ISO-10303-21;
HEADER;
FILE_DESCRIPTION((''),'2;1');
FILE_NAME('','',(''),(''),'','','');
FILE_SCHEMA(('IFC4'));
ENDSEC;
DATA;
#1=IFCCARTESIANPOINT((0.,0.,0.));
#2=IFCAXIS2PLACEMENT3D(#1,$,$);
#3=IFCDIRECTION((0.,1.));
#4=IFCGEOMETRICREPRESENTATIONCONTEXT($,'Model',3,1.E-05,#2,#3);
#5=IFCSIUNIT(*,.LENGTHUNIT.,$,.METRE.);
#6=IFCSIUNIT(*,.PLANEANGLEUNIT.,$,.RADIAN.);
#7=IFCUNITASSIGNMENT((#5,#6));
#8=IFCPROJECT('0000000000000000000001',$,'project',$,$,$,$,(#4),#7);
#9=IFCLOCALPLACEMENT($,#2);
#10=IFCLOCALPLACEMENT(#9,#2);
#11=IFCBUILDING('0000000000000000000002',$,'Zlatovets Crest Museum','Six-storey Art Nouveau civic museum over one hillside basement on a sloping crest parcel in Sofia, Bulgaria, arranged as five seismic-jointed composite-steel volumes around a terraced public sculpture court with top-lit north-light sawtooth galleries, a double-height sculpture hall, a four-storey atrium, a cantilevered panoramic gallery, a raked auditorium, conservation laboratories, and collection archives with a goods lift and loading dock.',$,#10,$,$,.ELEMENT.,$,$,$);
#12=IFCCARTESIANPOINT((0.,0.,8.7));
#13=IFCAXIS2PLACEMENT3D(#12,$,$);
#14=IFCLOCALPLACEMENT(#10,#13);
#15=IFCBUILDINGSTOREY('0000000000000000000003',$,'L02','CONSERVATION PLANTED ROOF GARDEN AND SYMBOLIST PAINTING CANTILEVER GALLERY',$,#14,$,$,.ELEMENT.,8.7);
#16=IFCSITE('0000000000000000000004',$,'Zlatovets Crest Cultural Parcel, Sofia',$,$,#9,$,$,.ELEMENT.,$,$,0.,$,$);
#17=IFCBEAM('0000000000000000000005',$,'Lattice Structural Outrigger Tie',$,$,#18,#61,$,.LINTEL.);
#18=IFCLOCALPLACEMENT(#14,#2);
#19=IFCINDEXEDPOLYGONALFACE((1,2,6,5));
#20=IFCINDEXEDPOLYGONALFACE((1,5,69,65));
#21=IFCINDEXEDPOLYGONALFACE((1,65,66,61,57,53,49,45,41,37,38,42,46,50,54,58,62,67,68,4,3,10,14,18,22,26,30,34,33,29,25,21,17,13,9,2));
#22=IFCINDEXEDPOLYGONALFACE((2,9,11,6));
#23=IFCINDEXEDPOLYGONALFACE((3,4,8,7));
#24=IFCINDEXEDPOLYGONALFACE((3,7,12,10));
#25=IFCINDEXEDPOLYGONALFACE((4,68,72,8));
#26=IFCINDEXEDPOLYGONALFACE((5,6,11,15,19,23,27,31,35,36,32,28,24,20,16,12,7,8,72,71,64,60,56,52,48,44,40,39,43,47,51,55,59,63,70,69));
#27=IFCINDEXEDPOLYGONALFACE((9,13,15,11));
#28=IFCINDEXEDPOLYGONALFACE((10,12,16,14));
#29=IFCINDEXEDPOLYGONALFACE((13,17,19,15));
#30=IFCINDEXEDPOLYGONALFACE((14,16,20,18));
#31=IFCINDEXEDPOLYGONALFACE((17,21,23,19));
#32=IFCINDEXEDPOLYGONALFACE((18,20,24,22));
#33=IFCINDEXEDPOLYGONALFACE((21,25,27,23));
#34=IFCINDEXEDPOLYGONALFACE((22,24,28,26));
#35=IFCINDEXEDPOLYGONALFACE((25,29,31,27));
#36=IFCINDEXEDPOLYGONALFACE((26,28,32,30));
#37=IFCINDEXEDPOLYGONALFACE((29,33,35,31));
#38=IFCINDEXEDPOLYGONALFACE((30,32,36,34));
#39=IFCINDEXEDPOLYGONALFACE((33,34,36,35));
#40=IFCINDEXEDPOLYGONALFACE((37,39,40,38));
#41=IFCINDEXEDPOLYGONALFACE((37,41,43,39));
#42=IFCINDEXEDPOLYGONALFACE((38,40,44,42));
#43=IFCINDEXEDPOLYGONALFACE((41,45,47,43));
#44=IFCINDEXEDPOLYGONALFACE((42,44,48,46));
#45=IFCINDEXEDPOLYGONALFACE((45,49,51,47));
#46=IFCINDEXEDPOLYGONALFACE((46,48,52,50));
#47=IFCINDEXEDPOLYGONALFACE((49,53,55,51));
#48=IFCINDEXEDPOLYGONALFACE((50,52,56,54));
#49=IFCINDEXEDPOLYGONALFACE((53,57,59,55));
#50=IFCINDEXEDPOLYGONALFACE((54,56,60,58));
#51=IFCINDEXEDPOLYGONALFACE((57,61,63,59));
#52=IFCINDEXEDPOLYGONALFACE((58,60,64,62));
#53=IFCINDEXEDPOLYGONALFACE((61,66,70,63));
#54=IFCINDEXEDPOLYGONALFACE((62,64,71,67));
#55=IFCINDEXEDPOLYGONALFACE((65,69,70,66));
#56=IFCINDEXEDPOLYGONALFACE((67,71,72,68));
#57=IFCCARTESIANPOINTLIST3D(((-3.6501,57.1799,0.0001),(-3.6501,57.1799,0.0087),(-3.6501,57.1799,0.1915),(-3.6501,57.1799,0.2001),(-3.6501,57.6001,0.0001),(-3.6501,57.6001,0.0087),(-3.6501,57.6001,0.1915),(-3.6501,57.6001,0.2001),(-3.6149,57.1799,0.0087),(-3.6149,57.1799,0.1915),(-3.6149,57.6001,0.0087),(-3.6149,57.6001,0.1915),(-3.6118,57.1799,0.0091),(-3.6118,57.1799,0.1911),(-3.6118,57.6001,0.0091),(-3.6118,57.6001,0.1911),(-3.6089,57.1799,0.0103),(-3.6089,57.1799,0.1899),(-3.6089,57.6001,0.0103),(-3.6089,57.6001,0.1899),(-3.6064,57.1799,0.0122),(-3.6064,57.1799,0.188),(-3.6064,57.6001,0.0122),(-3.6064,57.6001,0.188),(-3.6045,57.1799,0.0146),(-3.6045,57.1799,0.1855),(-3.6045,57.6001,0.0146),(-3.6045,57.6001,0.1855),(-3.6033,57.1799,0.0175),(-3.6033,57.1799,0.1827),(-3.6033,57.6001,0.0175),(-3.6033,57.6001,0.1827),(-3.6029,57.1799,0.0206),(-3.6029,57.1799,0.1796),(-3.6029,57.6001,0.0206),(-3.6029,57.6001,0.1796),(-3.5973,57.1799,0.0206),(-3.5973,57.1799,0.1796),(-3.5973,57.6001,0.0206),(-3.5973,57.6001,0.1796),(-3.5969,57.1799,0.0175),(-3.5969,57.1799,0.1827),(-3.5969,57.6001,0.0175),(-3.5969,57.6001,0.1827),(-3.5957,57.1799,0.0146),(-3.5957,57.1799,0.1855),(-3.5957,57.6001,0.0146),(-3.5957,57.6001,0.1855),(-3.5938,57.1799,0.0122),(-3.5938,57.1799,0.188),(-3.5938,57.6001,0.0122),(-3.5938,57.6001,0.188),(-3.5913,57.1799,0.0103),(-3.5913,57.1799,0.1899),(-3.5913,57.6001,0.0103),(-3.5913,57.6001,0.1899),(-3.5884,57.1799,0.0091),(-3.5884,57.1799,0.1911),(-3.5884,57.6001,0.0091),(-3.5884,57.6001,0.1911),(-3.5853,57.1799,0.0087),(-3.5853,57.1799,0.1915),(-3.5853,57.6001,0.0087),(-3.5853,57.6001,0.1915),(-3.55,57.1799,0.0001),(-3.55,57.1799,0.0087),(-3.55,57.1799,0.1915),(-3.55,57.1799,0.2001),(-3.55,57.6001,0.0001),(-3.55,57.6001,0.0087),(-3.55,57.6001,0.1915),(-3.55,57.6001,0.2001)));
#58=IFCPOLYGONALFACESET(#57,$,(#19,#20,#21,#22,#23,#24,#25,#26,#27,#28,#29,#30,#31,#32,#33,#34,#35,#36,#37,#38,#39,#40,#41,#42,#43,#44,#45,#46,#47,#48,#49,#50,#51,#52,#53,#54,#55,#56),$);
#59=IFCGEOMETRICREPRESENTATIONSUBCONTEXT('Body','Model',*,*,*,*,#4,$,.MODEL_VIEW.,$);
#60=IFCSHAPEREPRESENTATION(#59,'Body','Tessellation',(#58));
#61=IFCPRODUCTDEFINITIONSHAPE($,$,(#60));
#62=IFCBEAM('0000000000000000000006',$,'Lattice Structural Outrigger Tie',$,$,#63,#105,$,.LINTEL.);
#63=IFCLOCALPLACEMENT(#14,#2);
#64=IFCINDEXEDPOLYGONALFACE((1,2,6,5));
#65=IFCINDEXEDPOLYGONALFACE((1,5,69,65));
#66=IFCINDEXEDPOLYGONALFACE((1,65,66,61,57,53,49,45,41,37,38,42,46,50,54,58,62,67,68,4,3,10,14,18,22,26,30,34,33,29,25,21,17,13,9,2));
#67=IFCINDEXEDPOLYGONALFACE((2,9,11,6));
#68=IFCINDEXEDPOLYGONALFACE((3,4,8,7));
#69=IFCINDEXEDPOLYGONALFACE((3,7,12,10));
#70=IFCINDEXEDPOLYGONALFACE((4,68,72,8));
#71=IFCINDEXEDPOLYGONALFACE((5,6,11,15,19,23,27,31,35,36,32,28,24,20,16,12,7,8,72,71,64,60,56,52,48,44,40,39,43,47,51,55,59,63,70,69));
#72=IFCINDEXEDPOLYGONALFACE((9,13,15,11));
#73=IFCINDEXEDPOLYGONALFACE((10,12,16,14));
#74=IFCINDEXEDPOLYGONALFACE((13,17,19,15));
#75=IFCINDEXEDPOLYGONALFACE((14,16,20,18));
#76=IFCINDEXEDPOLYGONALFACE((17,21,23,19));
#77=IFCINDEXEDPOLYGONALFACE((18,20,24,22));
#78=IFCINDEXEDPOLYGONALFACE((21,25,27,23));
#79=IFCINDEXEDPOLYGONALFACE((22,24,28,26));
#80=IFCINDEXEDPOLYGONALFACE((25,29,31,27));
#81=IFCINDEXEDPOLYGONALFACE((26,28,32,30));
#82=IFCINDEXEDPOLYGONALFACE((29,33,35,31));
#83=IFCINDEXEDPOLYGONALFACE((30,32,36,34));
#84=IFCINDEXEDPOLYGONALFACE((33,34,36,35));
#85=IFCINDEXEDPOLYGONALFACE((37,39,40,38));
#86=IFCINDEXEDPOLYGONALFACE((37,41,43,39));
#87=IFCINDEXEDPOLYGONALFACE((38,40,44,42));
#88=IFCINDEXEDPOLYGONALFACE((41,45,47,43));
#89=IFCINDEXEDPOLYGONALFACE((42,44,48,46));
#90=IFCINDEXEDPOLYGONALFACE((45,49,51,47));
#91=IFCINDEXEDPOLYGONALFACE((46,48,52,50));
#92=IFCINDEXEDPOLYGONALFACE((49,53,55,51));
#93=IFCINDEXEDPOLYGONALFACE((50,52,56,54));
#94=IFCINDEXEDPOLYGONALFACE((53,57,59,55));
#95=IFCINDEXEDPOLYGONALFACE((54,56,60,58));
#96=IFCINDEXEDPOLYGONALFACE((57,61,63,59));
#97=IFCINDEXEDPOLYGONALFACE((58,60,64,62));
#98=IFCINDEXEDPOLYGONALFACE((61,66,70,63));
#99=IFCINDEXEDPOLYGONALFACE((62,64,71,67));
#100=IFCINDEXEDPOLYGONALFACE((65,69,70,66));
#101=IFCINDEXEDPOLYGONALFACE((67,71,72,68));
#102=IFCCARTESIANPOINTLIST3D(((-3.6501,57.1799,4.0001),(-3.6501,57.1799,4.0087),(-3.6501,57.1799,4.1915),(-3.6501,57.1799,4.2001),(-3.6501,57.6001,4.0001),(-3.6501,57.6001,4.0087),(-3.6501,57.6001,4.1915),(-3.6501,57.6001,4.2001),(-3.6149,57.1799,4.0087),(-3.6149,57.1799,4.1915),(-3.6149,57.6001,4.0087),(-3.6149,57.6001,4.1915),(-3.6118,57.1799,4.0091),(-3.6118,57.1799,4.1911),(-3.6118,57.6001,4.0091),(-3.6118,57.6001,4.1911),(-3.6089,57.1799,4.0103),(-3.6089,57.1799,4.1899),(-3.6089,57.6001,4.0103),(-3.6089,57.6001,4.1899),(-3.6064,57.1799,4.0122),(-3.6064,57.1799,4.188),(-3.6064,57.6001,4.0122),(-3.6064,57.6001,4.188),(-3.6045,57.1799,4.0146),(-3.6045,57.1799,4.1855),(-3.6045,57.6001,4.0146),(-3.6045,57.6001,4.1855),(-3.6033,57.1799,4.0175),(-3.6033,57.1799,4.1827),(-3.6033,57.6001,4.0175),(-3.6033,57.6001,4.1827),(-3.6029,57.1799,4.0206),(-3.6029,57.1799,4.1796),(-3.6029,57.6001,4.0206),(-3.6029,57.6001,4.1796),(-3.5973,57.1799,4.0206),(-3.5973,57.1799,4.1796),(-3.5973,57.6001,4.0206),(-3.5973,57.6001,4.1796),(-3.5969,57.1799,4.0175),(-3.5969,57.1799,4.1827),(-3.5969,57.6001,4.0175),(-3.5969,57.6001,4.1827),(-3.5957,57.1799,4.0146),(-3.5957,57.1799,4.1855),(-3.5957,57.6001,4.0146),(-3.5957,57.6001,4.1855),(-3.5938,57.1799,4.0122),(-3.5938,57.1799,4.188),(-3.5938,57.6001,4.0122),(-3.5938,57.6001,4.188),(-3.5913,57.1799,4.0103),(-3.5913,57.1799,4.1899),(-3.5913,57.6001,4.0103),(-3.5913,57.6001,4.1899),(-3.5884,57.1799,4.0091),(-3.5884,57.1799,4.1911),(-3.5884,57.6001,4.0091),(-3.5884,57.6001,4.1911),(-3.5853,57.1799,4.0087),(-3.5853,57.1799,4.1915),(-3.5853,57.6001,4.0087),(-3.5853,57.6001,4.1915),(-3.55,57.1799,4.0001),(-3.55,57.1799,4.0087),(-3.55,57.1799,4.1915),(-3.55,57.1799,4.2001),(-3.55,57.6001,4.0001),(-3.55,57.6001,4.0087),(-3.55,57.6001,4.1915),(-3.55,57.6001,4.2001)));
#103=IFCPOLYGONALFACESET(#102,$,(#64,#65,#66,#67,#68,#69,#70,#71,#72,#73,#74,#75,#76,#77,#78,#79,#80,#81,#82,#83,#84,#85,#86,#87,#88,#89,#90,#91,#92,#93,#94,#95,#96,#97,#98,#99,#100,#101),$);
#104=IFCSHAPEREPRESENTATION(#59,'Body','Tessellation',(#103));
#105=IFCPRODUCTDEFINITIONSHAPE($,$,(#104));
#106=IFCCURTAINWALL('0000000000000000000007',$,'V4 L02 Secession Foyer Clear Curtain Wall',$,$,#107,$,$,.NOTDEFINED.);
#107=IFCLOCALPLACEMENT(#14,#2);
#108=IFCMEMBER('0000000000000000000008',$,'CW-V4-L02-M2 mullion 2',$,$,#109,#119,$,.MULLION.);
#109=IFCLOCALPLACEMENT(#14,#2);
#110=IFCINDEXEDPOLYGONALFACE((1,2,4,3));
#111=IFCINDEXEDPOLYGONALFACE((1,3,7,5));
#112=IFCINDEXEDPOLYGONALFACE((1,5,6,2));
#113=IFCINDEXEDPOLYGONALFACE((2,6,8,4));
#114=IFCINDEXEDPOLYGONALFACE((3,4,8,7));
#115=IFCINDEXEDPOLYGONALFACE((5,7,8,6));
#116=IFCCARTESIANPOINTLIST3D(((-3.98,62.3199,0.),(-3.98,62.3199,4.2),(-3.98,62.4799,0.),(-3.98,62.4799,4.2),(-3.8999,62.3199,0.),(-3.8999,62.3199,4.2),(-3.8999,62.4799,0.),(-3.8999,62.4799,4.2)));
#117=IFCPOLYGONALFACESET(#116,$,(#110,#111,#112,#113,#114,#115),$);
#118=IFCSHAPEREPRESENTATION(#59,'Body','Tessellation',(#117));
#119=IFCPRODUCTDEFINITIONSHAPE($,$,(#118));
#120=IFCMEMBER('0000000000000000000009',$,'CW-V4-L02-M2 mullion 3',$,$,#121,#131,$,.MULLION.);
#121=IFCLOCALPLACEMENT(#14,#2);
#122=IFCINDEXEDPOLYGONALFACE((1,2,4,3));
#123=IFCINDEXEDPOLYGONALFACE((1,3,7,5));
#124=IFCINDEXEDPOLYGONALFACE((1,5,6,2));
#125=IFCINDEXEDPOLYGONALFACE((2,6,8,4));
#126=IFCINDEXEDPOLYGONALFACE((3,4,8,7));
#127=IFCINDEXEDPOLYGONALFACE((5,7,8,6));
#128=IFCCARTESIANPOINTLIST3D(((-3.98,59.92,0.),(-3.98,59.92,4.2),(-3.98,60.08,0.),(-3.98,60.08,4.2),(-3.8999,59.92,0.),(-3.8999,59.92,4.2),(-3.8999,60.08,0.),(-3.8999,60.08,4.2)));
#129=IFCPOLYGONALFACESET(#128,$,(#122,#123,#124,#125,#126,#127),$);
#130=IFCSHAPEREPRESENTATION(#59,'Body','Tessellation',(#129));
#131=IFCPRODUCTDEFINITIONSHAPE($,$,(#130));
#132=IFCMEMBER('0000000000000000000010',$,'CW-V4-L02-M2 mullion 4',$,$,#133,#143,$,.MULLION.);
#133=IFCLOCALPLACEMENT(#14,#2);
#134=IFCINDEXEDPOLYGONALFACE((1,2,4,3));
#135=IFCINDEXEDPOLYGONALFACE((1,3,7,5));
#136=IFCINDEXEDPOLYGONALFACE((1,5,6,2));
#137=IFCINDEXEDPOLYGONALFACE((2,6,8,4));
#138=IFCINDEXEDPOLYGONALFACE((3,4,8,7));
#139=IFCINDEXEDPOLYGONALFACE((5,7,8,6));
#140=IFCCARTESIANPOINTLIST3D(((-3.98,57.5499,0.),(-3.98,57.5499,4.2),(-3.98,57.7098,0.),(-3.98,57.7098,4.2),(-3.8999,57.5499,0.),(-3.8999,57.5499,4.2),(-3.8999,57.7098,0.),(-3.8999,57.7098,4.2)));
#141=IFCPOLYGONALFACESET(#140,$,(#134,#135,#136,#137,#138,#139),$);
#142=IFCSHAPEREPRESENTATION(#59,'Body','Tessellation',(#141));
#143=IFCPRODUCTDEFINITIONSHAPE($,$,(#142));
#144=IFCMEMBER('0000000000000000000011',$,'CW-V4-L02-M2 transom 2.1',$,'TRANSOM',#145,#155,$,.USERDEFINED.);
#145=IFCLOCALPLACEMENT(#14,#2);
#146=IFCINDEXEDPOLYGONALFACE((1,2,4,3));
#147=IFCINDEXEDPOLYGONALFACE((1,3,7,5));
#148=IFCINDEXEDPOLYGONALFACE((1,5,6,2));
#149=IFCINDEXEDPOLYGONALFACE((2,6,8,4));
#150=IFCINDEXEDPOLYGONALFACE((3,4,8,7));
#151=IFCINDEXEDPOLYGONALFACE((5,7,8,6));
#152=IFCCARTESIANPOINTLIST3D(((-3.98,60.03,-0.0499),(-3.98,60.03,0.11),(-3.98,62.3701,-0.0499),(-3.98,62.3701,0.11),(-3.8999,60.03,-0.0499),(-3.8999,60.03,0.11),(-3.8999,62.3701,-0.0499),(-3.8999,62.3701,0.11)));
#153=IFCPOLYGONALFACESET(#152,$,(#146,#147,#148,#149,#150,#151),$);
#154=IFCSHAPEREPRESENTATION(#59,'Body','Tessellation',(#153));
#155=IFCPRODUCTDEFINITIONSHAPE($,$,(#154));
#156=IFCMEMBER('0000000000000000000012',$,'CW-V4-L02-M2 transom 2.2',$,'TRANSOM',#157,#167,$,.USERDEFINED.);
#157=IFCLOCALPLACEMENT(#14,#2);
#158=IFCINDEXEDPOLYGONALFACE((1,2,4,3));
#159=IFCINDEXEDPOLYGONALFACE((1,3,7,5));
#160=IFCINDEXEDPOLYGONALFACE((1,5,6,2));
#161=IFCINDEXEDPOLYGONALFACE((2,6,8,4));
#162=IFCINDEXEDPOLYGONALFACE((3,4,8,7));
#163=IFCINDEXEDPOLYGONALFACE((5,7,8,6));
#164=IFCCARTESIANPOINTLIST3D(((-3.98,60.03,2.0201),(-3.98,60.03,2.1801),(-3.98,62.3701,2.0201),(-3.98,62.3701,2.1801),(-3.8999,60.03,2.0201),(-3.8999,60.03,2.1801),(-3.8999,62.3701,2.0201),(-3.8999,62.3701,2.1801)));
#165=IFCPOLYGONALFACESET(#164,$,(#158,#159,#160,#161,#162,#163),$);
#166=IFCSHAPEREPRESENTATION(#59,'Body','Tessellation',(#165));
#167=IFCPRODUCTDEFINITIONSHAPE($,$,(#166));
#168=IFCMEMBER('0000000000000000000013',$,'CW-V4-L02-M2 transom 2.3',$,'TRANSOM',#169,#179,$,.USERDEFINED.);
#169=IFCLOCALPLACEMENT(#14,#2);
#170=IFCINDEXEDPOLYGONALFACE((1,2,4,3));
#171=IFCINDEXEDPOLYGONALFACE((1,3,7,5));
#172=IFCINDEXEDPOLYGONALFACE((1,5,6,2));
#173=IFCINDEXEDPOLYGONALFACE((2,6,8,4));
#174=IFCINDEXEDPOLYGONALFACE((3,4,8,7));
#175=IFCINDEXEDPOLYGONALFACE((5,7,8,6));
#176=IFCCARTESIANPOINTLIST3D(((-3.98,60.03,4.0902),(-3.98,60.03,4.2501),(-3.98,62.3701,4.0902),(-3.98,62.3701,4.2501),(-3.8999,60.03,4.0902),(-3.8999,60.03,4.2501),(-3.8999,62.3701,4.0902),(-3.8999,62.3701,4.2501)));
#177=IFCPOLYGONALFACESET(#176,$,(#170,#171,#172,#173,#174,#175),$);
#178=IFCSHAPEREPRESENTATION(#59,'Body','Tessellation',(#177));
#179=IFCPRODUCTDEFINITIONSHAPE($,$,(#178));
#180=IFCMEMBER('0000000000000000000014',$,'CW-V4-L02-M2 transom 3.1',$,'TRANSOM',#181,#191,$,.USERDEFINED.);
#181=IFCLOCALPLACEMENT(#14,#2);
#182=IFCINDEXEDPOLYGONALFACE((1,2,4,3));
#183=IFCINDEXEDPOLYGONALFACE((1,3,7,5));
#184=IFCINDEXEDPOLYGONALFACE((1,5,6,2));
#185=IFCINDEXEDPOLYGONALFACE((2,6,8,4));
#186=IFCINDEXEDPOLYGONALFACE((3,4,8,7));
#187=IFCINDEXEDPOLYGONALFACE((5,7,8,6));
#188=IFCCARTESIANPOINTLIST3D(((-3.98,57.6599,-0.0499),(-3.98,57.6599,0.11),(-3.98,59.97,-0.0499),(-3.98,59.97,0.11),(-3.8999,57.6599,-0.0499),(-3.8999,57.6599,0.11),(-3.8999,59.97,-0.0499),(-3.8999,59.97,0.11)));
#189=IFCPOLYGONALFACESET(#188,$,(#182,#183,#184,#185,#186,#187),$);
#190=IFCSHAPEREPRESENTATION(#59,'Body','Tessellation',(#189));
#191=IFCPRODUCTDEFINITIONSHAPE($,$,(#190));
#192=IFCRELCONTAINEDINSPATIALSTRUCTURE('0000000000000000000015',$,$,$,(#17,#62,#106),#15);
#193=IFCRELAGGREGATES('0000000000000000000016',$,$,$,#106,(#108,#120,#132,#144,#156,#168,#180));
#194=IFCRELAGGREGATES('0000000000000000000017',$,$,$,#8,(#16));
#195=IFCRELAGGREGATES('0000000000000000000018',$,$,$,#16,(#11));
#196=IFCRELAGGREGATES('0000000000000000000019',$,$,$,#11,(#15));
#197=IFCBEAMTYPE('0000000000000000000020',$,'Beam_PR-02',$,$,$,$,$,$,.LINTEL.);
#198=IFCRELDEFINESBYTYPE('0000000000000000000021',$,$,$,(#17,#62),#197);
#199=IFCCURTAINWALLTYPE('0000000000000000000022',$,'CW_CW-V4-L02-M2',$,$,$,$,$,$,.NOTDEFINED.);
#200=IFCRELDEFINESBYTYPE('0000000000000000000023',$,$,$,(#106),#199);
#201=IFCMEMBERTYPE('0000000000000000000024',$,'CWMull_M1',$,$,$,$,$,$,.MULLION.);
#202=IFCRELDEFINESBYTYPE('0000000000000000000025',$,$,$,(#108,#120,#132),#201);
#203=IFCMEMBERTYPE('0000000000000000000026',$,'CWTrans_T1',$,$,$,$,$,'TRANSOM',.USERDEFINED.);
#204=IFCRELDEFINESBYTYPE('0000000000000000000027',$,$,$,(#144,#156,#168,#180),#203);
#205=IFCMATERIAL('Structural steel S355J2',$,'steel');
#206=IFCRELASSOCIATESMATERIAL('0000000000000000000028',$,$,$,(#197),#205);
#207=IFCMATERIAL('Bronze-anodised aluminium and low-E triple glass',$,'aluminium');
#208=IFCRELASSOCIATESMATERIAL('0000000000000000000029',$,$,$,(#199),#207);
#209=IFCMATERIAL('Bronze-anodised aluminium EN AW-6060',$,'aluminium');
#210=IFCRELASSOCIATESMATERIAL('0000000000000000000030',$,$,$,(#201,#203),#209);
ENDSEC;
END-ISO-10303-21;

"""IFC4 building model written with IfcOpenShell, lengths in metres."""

from ifc_helpers import new_model, si_unit, direction, frame, origin, origin_2d, place, context, subcontext, project, spatial, rectangle, i_section, extrude, material, material_profile, profile_set, type_object, element, aggregate, save


model = new_model("IFC4")

# Units and contexts
model_context = context("Model", 3, precision=1e-05, world=origin(), true_north=direction((0.0, 1.0)))
body_context = subcontext(model_context, "Body", "Model", "MODEL_VIEW")
ifc_project = project(units=[si_unit("LENGTHUNIT", "METRE"), si_unit("PLANEANGLEUNIT", "RADIAN")], contexts=[model_context])

# Site, building, storey
site_placement = place(None, origin())
site = spatial("IfcSite", under=ifc_project, at=site_placement, Name="Zlatovets Crest Cultural Parcel, Sofia", CompositionType="ELEMENT", RefElevation=0.0)
building_placement = place(site_placement, origin())
building = spatial("IfcBuilding", under=site, at=building_placement, Name="Zlatovets Crest Museum", Description="Six-storey Art Nouveau civic museum over one hillside basement on a sloping crest parcel in Sofia, Bulgaria, arranged as five seismic-jointed composite-steel volumes around a terraced public sculpture court with top-lit north-light sawtooth galleries, a double-height sculpture hall, a four-storey atrium, a cantilevered panoramic gallery, a raked auditorium, conservation laboratories, and collection archives with a goods lift and loading dock.", CompositionType="ELEMENT")
storey_placement = place(building_placement, frame((0.0, 0.0, 8.7)))
storey = spatial("IfcBuildingStorey", under=building, at=storey_placement, Name="L02", Description="CONSERVATION PLANTED ROOF GARDEN AND SYMBOLIST PAINTING CANTILEVER GALLERY", CompositionType="ELEMENT", Elevation=8.7)

# Beams
ifc_material_1 = material(Name="Structural steel S355J2", Category="steel")
ifc_material_profile_1 = material_profile(ifc_material_1, i_section(OverallWidth=0.1001, OverallDepth=0.2, WebThickness=0.0056, FlangeThickness=0.0085, FilletRadius=0.012, at=origin_2d()), Name="IPE 200")
ifc_profile_set_1 = profile_set([ifc_material_profile_1], Name="Structural steel S355J2")
beam_type_1 = type_object("IfcBeamType", Name="Beam_PR-02", PredefinedType="LINTEL", material=ifc_profile_set_1)
for number, where, z_axis, x_axis, name in (
    (1, (-3.6001, 57.6001, 0.1001), (0.0, -1.0, 0.0), (1.0, 0.0, 0.0), "Lattice Structural Outrigger Tie"),
    (2, (-3.6001, 57.6001, 4.1001), (0.0, -1.0, 0.0), (1.0, 0.0, 0.0), "Lattice Structural Outrigger Tie"),
):
    element("IfcBeam", number, at=place(storey_placement, frame(where, z_axis=z_axis, x_axis=x_axis)), inside=storey, type_object=beam_type_1, Name=name, PredefinedType="LINTEL", context=body_context, shape_type="SweptSolid", body=[
        extrude(i_section(OverallWidth=0.1001, OverallDepth=0.2, WebThickness=0.0056, FlangeThickness=0.0085, FilletRadius=0.012, at=origin_2d()), origin(), (0.0, 0.0, 1.0), 0.4202),
    ])

# Curtain wall, members
ifc_material_2 = material(Name="Bronze-anodised aluminium and low-E triple glass", Category="aluminium")
curtain_wall_type = type_object("IfcCurtainWallType", Name="CW_CW-V4-L02-M2", PredefinedType="NOTDEFINED", material=ifc_material_2)
curtain_wall_placement = place(storey_placement, origin())
curtain_wall = element("IfcCurtainWall", 3, at=curtain_wall_placement, inside=storey, type_object=curtain_wall_type, Name="V4 L02 Secession Foyer Clear Curtain Wall", PredefinedType="NOTDEFINED")
ifc_material_3 = material(Name="Bronze-anodised aluminium EN AW-6060", Category="aluminium")
ifc_material_profile_2 = material_profile(ifc_material_3, rectangle(XDim=0.0801, YDim=0.1599, at=origin_2d()), Name="ALU 80x160")
ifc_profile_set_2 = profile_set([ifc_material_profile_2], Name="Bronze-anodised aluminium EN AW-6060")
member_type_1 = type_object("IfcMemberType", Name="CWMull_M1", PredefinedType="MULLION", material=ifc_profile_set_2)
member_1_placement = place(storey_placement, frame((-3.9399, 62.3999, 0.0), z_axis=(0.0, 0.0, 1.0), x_axis=(1.0, 0.0, 0.0)))
member_1 = element("IfcMember", 4, at=member_1_placement, type_object=member_type_1, Name="CW-V4-L02-M2 mullion 2", PredefinedType="MULLION", context=body_context, shape_type="SweptSolid", body=[
    extrude(rectangle(XDim=0.0801, YDim=0.1599, at=origin_2d()), origin(), (0.0, 0.0, 1.0), 4.2),
])
member_2_placement = place(storey_placement, frame((-3.9399, 60.0, 0.0), z_axis=(0.0, 0.0, 1.0), x_axis=(1.0, 0.0, 0.0)))
member_2 = element("IfcMember", 5, at=member_2_placement, type_object=member_type_1, Name="CW-V4-L02-M2 mullion 3", PredefinedType="MULLION", context=body_context, shape_type="SweptSolid", body=[
    extrude(rectangle(XDim=0.0801, YDim=0.1599, at=origin_2d()), origin(), (0.0, 0.0, 1.0), 4.2),
])
member_3_placement = place(storey_placement, frame((-3.9399, 57.6299, 0.0), z_axis=(0.0, 0.0, 1.0), x_axis=(1.0, 0.0, 0.0)))
member_3 = element("IfcMember", 6, at=member_3_placement, type_object=member_type_1, Name="CW-V4-L02-M2 mullion 4", PredefinedType="MULLION", context=body_context, shape_type="SweptSolid", body=[
    extrude(rectangle(XDim=0.0801, YDim=0.1599, at=origin_2d()), origin(), (0.0, 0.0, 1.0), 4.2),
])
ifc_material_profile_3 = material_profile(ifc_material_3, rectangle(XDim=0.0801, YDim=0.1599, at=origin_2d()), Name="ALU 80x160")
ifc_profile_set_3 = profile_set([ifc_material_profile_3], Name="Bronze-anodised aluminium EN AW-6060")
member_type_2 = type_object("IfcMemberType", Name="CWTrans_T1", ElementType="TRANSOM", PredefinedType="USERDEFINED", material=ifc_profile_set_3)
member_4_placement = place(storey_placement, frame((-3.9399, 62.3701, 0.03), z_axis=(0.0, -1.0, 0.0), x_axis=(1.0, 0.0, 0.0)))
member_4 = element("IfcMember", 7, at=member_4_placement, type_object=member_type_2, Name="CW-V4-L02-M2 transom 2.1", ObjectType="TRANSOM", PredefinedType="USERDEFINED", context=body_context, shape_type="SweptSolid", body=[
    extrude(rectangle(XDim=0.0801, YDim=0.1599, at=origin_2d()), origin(), (0.0, 0.0, 1.0), 2.3401),
])
member_5_placement = place(storey_placement, frame((-3.9399, 62.3701, 2.1001), z_axis=(0.0, -1.0, 0.0), x_axis=(1.0, 0.0, 0.0)))
member_5 = element("IfcMember", 8, at=member_5_placement, type_object=member_type_2, Name="CW-V4-L02-M2 transom 2.2", ObjectType="TRANSOM", PredefinedType="USERDEFINED", context=body_context, shape_type="SweptSolid", body=[
    extrude(rectangle(XDim=0.0801, YDim=0.1599, at=origin_2d()), origin(), (0.0, 0.0, 1.0), 2.3401),
])
member_6_placement = place(storey_placement, frame((-3.9399, 62.3701, 4.1702), z_axis=(0.0, -1.0, 0.0), x_axis=(1.0, 0.0, 0.0)))
member_6 = element("IfcMember", 9, at=member_6_placement, type_object=member_type_2, Name="CW-V4-L02-M2 transom 2.3", ObjectType="TRANSOM", PredefinedType="USERDEFINED", context=body_context, shape_type="SweptSolid", body=[
    extrude(rectangle(XDim=0.0801, YDim=0.1599, at=origin_2d()), origin(), (0.0, 0.0, 1.0), 2.3401),
])
member_7_placement = place(storey_placement, frame((-3.9399, 59.97, 0.03), z_axis=(0.0, -1.0, 0.0), x_axis=(1.0, 0.0, 0.0)))
member_7 = element("IfcMember", 10, at=member_7_placement, type_object=member_type_2, Name="CW-V4-L02-M2 transom 3.1", ObjectType="TRANSOM", PredefinedType="USERDEFINED", context=body_context, shape_type="SweptSolid", body=[
    extrude(rectangle(XDim=0.0801, YDim=0.1599, at=origin_2d()), origin(), (0.0, 0.0, 1.0), 2.3101),
])

aggregate(curtain_wall, [member_1, member_2, member_3, member_4, member_5, member_6, member_7])

save(model, "model.ifc")
